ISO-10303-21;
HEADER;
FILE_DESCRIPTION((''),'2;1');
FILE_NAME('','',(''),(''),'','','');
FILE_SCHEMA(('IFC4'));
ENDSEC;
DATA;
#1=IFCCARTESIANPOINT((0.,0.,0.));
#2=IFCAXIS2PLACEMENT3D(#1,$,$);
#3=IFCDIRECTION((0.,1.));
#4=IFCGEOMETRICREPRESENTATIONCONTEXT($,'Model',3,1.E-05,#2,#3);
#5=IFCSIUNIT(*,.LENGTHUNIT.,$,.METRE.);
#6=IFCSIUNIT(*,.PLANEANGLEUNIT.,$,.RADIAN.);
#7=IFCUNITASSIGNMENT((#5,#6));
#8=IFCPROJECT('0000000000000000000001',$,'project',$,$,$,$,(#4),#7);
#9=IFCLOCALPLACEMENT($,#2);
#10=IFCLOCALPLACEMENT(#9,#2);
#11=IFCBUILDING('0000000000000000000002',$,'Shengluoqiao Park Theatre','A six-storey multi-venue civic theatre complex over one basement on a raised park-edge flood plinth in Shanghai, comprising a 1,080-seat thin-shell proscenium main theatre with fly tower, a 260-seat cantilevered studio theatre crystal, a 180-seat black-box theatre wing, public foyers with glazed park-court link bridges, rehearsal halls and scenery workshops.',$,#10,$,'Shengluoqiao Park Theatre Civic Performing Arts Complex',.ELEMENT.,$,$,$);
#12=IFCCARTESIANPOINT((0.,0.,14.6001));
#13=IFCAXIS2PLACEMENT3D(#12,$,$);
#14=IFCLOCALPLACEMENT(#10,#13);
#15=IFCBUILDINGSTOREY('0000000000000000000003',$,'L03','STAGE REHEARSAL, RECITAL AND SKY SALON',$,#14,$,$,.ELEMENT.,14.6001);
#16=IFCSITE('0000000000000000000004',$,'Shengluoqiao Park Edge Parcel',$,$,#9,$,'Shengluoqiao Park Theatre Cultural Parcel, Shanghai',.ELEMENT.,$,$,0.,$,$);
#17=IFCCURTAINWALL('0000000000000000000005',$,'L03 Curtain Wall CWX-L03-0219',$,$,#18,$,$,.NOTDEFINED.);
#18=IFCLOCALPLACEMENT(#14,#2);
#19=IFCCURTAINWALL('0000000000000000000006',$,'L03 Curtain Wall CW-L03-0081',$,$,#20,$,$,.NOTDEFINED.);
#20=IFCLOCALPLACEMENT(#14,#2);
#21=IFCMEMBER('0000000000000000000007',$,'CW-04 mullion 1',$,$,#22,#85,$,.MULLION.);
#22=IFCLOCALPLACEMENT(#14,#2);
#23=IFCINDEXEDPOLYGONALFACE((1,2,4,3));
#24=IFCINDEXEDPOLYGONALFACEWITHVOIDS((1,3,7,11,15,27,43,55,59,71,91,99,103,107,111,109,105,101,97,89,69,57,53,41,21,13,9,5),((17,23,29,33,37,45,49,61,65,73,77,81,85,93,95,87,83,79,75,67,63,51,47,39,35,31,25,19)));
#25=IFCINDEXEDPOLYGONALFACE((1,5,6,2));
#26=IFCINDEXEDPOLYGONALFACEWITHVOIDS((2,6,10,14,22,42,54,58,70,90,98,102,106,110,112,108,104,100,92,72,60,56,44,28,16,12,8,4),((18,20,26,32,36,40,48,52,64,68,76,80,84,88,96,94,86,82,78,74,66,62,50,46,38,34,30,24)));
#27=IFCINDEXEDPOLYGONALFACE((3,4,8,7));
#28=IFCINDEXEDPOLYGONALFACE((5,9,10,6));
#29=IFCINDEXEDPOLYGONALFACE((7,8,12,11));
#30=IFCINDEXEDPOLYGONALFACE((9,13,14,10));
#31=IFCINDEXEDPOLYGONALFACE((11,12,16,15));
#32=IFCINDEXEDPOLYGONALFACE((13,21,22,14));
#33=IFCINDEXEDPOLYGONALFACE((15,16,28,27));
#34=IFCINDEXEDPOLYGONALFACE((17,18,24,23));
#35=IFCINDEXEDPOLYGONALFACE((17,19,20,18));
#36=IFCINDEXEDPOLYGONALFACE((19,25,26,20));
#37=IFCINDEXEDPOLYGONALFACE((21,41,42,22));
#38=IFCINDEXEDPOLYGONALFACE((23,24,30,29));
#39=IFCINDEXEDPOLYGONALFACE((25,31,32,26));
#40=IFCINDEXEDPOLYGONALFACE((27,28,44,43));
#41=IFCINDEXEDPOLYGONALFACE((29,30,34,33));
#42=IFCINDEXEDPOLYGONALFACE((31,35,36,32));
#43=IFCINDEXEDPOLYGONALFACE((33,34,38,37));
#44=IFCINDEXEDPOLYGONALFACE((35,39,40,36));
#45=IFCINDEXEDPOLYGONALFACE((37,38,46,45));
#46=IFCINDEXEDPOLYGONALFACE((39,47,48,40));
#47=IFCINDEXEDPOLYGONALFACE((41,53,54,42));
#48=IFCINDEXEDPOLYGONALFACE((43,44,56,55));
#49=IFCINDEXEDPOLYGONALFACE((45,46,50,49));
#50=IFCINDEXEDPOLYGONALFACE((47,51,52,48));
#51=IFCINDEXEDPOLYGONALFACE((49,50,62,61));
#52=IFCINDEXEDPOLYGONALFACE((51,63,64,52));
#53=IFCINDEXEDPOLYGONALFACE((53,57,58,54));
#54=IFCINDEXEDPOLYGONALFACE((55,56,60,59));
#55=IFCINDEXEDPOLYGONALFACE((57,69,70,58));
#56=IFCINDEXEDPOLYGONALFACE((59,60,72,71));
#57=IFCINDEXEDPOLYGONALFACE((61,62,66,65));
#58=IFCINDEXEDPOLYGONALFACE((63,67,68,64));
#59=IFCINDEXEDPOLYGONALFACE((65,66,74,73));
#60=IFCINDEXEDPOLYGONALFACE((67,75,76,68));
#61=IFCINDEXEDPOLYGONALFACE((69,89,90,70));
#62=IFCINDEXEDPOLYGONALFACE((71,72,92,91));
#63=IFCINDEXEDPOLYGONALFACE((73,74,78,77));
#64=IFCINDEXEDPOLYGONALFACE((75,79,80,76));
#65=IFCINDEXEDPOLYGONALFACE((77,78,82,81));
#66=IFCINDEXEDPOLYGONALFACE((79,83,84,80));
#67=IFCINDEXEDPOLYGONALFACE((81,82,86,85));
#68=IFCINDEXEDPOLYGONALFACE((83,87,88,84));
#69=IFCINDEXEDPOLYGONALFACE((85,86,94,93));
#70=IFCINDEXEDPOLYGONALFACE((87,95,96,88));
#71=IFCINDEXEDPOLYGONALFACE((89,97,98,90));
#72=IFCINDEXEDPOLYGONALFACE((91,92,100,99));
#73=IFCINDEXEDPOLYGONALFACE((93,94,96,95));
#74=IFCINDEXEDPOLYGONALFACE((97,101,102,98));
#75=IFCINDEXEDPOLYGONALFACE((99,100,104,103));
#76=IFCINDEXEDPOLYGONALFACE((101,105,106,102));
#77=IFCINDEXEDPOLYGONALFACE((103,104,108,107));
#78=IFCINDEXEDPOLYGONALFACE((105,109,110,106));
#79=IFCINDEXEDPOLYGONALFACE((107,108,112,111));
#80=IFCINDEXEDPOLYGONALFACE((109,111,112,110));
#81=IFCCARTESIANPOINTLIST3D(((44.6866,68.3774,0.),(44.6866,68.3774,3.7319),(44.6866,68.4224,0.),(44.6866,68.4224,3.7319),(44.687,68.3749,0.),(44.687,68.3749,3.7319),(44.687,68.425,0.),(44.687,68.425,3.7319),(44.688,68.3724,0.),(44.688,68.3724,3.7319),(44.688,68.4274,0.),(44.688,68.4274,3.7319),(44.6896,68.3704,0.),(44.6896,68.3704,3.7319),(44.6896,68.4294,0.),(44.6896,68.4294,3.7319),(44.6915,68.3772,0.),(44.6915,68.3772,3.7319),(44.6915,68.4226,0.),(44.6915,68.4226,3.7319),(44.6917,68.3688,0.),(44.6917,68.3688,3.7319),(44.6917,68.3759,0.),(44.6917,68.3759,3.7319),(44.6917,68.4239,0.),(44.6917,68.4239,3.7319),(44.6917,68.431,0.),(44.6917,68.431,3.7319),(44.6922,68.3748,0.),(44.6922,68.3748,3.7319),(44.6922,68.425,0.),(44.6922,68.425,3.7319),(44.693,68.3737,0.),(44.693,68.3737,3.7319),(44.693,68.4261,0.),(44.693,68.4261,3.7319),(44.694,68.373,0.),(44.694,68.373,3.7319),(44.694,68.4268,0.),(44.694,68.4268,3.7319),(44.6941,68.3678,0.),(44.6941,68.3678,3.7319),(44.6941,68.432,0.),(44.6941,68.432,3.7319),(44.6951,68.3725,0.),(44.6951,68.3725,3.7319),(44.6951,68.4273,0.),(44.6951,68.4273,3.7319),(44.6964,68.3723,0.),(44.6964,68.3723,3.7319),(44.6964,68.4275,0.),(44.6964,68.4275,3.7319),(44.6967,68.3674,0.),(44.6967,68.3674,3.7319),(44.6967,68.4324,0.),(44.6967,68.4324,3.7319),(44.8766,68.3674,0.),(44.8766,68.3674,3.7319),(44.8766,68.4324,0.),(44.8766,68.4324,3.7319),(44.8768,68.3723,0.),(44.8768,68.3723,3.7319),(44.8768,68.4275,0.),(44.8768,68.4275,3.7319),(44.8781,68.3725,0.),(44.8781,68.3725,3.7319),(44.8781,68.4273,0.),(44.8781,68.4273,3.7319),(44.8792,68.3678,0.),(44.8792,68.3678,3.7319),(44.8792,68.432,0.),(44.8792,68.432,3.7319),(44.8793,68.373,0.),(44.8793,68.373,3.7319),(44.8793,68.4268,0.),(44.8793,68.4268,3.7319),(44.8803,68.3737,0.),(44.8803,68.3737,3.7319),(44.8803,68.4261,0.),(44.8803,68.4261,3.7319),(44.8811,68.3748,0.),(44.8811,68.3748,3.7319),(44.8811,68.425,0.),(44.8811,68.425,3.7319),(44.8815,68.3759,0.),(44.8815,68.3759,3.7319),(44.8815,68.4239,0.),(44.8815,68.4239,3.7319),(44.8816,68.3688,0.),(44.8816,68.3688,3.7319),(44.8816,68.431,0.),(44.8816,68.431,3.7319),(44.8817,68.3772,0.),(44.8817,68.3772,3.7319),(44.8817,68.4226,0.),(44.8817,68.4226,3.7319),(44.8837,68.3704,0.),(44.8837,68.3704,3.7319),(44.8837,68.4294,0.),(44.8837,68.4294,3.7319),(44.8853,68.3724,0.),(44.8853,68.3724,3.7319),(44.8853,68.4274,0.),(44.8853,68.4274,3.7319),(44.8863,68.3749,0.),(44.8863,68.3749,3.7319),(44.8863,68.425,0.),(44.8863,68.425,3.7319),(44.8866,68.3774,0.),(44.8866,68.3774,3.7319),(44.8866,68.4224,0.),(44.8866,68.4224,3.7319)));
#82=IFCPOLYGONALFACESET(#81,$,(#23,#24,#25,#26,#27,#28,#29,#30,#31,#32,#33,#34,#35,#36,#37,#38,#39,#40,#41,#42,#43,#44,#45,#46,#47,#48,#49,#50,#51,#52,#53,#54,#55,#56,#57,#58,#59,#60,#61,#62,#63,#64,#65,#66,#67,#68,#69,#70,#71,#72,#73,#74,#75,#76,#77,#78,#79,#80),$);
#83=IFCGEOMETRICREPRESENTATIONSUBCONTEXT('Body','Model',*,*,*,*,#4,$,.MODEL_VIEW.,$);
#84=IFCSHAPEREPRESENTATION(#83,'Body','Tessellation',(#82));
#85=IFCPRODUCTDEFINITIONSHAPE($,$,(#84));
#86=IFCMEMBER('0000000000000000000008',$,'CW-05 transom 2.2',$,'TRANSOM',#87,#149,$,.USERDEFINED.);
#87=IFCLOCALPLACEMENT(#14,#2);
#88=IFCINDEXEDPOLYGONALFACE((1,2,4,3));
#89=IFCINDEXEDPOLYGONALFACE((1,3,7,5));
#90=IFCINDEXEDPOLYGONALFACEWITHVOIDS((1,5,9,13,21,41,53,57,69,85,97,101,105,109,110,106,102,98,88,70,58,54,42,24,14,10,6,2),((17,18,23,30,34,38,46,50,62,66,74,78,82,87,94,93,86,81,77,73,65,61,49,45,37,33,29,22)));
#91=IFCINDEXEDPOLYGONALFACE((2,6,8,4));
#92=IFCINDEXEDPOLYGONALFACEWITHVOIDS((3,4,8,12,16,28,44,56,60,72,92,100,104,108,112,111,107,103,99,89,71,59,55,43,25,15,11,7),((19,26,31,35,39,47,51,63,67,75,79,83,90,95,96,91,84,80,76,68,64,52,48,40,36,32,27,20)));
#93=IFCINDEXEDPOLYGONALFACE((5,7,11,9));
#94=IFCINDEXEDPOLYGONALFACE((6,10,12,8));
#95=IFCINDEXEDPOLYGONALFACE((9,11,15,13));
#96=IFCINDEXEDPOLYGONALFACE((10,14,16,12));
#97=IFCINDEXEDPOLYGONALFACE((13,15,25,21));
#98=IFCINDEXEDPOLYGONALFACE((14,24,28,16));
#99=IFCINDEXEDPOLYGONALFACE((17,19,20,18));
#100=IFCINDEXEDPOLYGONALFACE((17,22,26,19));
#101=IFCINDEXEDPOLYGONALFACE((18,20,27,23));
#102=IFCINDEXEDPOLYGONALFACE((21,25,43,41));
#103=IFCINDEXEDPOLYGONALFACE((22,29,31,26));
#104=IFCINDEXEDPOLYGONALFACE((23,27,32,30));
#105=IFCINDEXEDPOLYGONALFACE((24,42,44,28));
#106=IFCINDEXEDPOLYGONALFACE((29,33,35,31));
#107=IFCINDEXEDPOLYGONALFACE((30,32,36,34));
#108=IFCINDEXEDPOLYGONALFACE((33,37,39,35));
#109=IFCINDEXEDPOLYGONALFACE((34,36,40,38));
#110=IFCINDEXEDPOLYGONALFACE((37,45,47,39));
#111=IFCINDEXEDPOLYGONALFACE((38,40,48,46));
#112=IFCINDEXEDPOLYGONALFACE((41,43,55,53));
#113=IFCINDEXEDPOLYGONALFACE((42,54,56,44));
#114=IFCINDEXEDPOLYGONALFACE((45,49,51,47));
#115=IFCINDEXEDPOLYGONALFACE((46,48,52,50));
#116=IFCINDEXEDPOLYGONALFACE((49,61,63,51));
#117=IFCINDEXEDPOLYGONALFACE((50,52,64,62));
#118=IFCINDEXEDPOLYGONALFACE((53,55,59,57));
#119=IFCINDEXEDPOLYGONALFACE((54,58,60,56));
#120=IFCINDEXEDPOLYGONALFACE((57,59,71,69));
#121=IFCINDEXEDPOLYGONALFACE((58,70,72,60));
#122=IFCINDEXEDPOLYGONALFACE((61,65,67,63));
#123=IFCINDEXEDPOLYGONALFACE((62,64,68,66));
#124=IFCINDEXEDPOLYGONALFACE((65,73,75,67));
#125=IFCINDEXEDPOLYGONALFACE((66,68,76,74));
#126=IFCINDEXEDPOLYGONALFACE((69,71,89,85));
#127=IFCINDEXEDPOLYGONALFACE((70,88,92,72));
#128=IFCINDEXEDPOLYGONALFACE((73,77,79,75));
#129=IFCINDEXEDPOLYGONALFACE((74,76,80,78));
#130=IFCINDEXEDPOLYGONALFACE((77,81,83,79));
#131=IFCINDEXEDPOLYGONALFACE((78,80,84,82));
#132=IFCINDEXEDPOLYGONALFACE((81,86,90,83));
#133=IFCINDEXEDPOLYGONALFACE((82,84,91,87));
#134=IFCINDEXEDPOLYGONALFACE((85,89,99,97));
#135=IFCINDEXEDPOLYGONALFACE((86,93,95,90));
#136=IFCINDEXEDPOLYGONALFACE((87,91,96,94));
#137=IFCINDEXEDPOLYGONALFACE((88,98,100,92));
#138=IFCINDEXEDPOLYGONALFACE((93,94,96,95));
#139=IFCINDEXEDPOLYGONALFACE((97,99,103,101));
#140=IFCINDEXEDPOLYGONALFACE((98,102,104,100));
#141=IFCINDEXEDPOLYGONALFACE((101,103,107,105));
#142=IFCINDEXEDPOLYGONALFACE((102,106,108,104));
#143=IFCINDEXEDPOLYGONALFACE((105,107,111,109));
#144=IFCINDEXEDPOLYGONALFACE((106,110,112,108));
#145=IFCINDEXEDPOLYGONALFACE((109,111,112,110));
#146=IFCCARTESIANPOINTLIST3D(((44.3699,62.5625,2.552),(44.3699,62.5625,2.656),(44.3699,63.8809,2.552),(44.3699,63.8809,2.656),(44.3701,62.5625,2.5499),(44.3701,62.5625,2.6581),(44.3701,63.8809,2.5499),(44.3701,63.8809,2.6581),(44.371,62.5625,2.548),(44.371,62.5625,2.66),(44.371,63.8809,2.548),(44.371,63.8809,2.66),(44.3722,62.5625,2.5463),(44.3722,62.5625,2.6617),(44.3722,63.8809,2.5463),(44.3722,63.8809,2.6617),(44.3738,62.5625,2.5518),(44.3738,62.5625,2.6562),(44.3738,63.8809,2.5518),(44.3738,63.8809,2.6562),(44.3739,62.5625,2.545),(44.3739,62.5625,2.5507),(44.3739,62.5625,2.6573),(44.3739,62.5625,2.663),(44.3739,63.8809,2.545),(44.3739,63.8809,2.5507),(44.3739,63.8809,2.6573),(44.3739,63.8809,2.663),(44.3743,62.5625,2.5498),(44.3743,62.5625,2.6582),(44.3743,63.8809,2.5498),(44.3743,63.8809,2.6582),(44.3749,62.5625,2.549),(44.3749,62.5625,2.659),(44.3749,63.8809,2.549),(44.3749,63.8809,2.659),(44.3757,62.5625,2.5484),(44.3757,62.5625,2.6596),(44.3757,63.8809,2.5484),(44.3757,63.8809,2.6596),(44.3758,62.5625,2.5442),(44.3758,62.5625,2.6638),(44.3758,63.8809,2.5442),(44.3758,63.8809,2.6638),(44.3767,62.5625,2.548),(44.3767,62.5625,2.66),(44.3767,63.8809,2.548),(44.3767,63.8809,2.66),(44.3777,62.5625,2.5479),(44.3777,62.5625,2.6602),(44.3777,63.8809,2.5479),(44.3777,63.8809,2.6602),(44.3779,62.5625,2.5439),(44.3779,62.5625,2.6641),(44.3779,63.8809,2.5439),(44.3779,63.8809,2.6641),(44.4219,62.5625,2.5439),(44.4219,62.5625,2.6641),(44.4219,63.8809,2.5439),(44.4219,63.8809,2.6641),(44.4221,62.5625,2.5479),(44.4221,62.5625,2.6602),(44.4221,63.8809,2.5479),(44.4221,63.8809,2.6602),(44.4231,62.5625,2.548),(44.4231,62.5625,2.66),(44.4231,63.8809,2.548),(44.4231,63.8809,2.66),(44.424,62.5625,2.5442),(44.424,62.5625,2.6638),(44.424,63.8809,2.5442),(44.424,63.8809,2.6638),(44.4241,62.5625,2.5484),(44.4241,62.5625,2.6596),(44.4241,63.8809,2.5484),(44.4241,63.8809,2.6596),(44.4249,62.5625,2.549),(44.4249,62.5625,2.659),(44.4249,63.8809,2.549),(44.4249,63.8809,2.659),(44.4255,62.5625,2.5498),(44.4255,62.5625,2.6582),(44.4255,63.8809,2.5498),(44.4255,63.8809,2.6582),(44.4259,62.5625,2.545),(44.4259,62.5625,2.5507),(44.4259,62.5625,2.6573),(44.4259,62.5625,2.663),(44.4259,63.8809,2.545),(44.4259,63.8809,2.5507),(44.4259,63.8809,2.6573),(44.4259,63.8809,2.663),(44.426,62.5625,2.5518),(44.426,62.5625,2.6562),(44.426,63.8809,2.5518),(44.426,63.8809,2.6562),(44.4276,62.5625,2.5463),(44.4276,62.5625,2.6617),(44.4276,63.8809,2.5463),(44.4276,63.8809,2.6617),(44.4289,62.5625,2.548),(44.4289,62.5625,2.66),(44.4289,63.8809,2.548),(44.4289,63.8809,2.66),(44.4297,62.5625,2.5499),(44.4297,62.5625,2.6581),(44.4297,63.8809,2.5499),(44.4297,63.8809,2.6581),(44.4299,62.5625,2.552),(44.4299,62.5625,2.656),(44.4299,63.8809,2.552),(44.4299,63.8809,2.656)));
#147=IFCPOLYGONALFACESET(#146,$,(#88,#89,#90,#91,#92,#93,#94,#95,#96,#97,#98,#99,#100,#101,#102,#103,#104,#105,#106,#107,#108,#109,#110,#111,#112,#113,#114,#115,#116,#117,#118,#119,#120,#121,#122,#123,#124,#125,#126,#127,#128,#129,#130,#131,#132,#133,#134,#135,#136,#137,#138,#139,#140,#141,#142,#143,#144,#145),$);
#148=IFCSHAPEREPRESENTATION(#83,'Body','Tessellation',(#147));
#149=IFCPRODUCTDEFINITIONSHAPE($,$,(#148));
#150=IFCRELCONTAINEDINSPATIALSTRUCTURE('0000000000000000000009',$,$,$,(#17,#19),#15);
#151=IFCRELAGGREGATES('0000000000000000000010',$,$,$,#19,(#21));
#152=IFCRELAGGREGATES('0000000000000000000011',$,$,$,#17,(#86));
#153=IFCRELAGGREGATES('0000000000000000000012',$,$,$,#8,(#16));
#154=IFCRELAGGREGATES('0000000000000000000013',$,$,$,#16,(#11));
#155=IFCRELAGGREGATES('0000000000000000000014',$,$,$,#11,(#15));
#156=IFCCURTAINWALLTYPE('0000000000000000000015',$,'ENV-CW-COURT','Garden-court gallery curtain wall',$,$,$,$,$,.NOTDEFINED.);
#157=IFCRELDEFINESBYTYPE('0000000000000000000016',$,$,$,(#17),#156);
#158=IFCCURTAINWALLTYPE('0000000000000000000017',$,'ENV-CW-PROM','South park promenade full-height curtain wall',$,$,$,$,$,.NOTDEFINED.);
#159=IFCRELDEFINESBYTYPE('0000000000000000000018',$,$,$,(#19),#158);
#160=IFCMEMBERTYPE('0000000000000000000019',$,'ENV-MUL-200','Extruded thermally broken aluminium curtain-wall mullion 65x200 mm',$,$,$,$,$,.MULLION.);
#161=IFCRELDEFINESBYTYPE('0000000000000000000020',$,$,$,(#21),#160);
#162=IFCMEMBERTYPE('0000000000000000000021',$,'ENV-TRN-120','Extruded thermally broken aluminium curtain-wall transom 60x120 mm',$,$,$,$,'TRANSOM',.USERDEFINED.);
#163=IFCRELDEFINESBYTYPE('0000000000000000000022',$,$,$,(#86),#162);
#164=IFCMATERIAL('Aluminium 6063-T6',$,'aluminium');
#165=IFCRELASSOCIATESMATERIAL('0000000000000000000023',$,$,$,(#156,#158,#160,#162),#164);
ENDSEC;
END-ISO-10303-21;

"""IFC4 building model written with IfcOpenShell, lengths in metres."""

from ifc_helpers import new_model, si_unit, direction, frame, origin, origin_2d, place, context, subcontext, project, spatial, hollow_rectangle, extrude, material, material_profile, profile_set, type_object, element, aggregate, save


model = new_model("IFC4")

# Units and contexts
model_context = context("Model", 3, precision=1e-05, world=origin(), true_north=direction((0.0, 1.0)))
body_context = subcontext(model_context, "Body", "Model", "MODEL_VIEW")
ifc_project = project(units=[si_unit("LENGTHUNIT", "METRE"), si_unit("PLANEANGLEUNIT", "RADIAN")], contexts=[model_context])

# Site, building, storey
site_placement = place(None, origin())
site = spatial("IfcSite", under=ifc_project, at=site_placement, Name="Shengluoqiao Park Edge Parcel", LongName="Shengluoqiao Park Theatre Cultural Parcel, Shanghai", CompositionType="ELEMENT", RefElevation=0.0)
building_placement = place(site_placement, origin())
building = spatial("IfcBuilding", under=site, at=building_placement, Name="Shengluoqiao Park Theatre", Description="A six-storey multi-venue civic theatre complex over one basement on a raised park-edge flood plinth in Shanghai, comprising a 1,080-seat thin-shell proscenium main theatre with fly tower, a 260-seat cantilevered studio theatre crystal, a 180-seat black-box theatre wing, public foyers with glazed park-court link bridges, rehearsal halls and scenery workshops.", LongName="Shengluoqiao Park Theatre Civic Performing Arts Complex", CompositionType="ELEMENT")
storey_placement = place(building_placement, frame((0.0, 0.0, 14.6001)))
storey = spatial("IfcBuildingStorey", under=building, at=storey_placement, Name="L03", Description="STAGE REHEARSAL, RECITAL AND SKY SALON", CompositionType="ELEMENT", Elevation=14.6001)

# Curtain wall
ifc_material_1 = material(Name="Aluminium 6063-T6", Category="aluminium")
curtain_wall_type_1 = type_object("IfcCurtainWallType", Name="ENV-CW-COURT", Description="Garden-court gallery curtain wall", PredefinedType="NOTDEFINED", material=ifc_material_1)
curtain_wall_1_placement = place(storey_placement, origin())
curtain_wall_1 = element("IfcCurtainWall", 1, at=curtain_wall_1_placement, inside=storey, type_object=curtain_wall_type_1, Name="L03 Curtain Wall CWX-L03-0219", PredefinedType="NOTDEFINED")

# Curtain wall, member
curtain_wall_type_2 = type_object("IfcCurtainWallType", Name="ENV-CW-PROM", Description="South park promenade full-height curtain wall", PredefinedType="NOTDEFINED", material=ifc_material_1)
curtain_wall_2_placement = place(storey_placement, origin())
curtain_wall_2 = element("IfcCurtainWall", 2, at=curtain_wall_2_placement, inside=storey, type_object=curtain_wall_type_2, Name="L03 Curtain Wall CW-L03-0081", PredefinedType="NOTDEFINED")
ifc_material_profile_1 = material_profile(ifc_material_1, hollow_rectangle(XDim=0.0649, YDim=0.2, WallThickness=0.0049, InnerFilletRadius=0.0049, OuterFilletRadius=0.01, at=origin_2d()), Name="ALU MULLION 200x65x5")
ifc_profile_set_1 = profile_set([ifc_material_profile_1], Name="Aluminium 6063-T6")
member_type_1 = type_object("IfcMemberType", Name="ENV-MUL-200", Description="Extruded thermally broken aluminium curtain-wall mullion 65x200 mm", PredefinedType="MULLION", material=ifc_profile_set_1)
member_1_placement = place(storey_placement, frame((44.7866, 68.3999, 0.0), z_axis=(0.0, 0.0, 1.0), x_axis=(0.0, 1.0, 0.0)))
member_1 = element("IfcMember", 3, at=member_1_placement, type_object=member_type_1, Name="CW-04 mullion 1", PredefinedType="MULLION", context=body_context, shape_type="SweptSolid", body=[
    extrude(hollow_rectangle(XDim=0.0649, YDim=0.2, WallThickness=0.0049, InnerFilletRadius=0.0049, OuterFilletRadius=0.01, at=origin_2d()), origin(), (0.0, 0.0, 1.0), 3.7319),
])
aggregate(curtain_wall_2, [member_1])

# Member
ifc_material_profile_2 = material_profile(ifc_material_1, hollow_rectangle(XDim=0.0601, YDim=0.1201, WallThickness=0.0039, InnerFilletRadius=0.0039, OuterFilletRadius=0.0081, at=origin_2d()), Name="ALU TRANSOM 120x60x4")
ifc_profile_set_2 = profile_set([ifc_material_profile_2], Name="Aluminium 6063-T6")
member_type_2 = type_object("IfcMemberType", Name="ENV-TRN-120", Description="Extruded thermally broken aluminium curtain-wall transom 60x120 mm", ElementType="TRANSOM", PredefinedType="USERDEFINED", material=ifc_profile_set_2)
member_2_placement = place(storey_placement, frame((44.3999, 62.5625, 2.604), z_axis=(0.0, 1.0, 0.0), x_axis=(-1.0, 0.0, 0.0)))
member_2 = element("IfcMember", 4, at=member_2_placement, type_object=member_type_2, Name="CW-05 transom 2.2", ObjectType="TRANSOM", PredefinedType="USERDEFINED", context=body_context, shape_type="SweptSolid", body=[
    extrude(hollow_rectangle(XDim=0.0601, YDim=0.1201, WallThickness=0.0039, InnerFilletRadius=0.0039, OuterFilletRadius=0.0081, at=origin_2d()), origin(), (0.0, 0.0, 1.0), 1.3184),
])

aggregate(curtain_wall_1, [member_2])

save(model, "model.ifc")
